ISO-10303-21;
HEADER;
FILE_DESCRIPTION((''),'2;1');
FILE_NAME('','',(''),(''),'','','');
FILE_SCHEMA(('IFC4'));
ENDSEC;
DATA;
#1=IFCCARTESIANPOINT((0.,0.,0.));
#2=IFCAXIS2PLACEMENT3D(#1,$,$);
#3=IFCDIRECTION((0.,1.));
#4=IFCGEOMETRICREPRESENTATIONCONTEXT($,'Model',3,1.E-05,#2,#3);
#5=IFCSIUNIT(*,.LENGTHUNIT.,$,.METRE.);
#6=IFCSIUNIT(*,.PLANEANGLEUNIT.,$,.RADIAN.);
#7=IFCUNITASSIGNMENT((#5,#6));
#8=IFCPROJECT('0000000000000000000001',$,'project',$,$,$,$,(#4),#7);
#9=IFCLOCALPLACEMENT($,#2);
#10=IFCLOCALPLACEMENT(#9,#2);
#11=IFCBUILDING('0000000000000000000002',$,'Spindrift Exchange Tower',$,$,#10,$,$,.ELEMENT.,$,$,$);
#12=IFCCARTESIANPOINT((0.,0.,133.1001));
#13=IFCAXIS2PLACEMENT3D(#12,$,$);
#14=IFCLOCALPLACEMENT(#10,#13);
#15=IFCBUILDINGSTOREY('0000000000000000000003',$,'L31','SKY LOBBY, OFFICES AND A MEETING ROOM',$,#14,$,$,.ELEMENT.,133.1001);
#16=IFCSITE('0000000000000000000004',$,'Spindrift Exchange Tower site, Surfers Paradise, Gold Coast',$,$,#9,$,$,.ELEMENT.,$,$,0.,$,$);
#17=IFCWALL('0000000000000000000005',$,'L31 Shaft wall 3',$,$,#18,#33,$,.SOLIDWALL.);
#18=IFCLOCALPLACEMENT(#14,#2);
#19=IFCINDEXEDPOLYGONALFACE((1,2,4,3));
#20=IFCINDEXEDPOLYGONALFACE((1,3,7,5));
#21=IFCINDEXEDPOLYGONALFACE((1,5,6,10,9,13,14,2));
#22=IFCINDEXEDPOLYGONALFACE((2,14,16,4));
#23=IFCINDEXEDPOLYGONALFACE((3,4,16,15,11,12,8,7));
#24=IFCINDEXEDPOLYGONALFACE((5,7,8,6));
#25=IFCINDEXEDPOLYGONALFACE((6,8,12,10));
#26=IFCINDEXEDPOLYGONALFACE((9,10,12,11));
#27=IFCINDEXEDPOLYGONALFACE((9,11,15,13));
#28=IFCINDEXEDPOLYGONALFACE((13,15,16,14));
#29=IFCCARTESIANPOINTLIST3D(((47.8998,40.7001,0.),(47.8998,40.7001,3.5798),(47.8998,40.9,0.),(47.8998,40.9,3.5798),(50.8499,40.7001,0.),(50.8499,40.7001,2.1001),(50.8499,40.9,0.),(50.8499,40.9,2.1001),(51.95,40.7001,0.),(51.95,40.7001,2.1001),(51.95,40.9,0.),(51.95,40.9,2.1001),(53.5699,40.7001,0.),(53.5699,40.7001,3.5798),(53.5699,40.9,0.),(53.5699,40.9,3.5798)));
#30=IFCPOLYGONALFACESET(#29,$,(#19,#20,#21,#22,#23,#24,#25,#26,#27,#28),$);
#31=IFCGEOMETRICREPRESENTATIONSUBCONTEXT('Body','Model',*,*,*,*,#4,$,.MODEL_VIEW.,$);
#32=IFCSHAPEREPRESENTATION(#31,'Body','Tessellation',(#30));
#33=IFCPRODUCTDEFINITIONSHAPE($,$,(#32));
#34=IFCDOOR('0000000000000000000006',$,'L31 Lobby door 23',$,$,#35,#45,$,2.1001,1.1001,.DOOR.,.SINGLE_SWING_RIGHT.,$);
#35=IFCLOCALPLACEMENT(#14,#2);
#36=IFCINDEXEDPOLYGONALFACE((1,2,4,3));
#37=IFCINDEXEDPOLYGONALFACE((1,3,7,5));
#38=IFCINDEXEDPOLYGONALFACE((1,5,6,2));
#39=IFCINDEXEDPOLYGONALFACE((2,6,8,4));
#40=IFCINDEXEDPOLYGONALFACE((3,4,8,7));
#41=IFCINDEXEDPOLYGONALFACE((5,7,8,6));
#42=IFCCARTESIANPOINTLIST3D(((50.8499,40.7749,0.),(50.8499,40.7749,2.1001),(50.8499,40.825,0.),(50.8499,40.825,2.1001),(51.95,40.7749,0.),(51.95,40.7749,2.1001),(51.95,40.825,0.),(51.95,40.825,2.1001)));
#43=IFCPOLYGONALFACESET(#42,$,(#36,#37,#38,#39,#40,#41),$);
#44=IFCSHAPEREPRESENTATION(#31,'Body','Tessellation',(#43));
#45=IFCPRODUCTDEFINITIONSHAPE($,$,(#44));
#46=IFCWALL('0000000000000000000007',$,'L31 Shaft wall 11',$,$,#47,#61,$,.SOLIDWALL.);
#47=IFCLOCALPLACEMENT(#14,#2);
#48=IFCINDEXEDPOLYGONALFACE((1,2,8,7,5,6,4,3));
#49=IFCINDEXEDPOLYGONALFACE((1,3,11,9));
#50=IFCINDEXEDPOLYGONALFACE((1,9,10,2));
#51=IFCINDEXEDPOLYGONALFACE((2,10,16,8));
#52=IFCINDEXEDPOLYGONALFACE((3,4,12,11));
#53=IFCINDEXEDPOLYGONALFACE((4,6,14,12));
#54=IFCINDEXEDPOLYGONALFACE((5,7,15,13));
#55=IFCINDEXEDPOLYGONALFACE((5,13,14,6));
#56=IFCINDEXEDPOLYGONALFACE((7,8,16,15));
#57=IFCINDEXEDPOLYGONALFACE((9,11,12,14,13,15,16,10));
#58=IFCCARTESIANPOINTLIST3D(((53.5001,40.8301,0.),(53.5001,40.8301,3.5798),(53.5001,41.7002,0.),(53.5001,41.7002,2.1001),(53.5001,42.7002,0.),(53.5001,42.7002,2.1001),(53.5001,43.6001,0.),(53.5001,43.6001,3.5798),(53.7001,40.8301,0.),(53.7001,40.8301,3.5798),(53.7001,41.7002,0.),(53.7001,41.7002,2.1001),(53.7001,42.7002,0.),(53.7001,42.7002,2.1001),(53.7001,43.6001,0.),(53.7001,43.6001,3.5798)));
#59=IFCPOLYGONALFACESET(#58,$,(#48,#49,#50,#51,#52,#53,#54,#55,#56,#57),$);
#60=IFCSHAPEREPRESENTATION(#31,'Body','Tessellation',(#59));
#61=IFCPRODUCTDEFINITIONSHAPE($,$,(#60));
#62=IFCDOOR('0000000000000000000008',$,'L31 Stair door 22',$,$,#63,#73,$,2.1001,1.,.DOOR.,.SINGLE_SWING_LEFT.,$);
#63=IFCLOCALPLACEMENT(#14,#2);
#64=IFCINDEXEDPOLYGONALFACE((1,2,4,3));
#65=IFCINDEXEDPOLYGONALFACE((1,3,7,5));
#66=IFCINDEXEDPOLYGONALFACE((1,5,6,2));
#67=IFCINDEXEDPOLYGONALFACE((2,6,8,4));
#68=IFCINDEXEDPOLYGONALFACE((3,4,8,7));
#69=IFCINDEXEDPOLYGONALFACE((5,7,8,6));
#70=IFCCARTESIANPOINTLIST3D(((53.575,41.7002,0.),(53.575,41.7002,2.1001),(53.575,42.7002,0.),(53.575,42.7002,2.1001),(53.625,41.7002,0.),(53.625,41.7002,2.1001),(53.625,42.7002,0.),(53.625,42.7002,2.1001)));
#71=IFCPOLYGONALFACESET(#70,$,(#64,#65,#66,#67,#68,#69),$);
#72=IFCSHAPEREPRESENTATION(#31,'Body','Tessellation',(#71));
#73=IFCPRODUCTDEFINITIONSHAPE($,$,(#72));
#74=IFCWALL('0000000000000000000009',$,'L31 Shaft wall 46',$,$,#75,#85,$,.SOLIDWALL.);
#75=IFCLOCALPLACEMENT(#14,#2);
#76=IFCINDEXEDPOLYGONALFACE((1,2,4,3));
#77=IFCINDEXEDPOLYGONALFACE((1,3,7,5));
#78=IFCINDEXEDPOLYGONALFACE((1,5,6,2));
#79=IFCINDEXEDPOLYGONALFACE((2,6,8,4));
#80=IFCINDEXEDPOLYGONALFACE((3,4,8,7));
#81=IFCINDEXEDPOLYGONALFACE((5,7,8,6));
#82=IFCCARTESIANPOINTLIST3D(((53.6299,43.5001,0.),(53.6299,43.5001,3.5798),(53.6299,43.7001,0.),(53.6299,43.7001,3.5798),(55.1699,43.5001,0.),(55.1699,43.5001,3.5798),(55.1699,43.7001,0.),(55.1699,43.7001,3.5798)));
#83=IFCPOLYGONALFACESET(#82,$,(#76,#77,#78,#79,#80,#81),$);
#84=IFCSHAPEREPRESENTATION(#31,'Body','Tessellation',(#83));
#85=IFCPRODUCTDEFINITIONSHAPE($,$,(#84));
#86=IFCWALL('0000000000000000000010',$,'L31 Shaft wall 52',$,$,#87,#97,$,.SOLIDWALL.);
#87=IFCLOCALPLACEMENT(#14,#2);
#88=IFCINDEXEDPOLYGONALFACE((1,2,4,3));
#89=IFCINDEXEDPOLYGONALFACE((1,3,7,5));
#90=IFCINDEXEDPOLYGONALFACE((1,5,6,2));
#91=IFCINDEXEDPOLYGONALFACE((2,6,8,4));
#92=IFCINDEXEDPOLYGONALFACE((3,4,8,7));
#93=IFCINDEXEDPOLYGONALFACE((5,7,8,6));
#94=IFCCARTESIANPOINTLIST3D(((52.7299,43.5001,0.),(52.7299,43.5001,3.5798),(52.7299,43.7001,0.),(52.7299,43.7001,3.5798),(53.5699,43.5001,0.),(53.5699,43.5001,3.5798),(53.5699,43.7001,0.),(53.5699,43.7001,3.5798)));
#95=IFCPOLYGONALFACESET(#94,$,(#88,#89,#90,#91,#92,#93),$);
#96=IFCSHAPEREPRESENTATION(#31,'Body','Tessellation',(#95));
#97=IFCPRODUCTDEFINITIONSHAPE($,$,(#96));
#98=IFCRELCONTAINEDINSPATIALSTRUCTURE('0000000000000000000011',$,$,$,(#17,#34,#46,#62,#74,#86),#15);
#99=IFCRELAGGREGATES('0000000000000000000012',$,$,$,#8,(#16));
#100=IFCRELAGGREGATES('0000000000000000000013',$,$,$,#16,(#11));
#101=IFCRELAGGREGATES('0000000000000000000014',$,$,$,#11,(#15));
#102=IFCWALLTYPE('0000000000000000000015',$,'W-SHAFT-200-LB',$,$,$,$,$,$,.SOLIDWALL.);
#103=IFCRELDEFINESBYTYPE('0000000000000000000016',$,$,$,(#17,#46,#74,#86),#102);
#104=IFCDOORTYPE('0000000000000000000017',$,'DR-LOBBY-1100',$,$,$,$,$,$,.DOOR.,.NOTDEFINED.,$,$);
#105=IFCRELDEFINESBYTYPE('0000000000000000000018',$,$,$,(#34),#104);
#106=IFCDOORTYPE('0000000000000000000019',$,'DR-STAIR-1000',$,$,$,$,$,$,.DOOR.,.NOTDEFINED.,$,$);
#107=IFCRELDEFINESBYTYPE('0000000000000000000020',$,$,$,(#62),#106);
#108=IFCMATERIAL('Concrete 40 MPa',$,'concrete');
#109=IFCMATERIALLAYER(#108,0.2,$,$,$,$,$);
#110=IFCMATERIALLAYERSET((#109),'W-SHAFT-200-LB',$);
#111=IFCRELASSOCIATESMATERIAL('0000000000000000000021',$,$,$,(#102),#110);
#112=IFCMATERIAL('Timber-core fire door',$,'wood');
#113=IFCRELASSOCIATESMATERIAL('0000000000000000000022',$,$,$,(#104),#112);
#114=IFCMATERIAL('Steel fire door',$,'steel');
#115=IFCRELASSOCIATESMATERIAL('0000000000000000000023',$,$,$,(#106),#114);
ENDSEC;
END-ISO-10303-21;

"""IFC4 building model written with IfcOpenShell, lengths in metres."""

from ifc_helpers import new_model, si_unit, direction, frame, frame_2d, origin, place, context, subcontext, project, spatial, rectangle, extrude, source, transform, mapped, material, layer, layer_set, type_object, element, fill, save


model = new_model("IFC4")

# Units and contexts
model_context = context("Model", 3, precision=1e-05, world=origin(), true_north=direction((0.0, 1.0)))
body_context = subcontext(model_context, "Body", "Model", "MODEL_VIEW")
ifc_project = project(units=[si_unit("LENGTHUNIT", "METRE"), si_unit("PLANEANGLEUNIT", "RADIAN")], contexts=[model_context])

# Site, building, storey
site_placement = place(None, origin())
site = spatial("IfcSite", under=ifc_project, at=site_placement, Name="Spindrift Exchange Tower site, Surfers Paradise, Gold Coast", CompositionType="ELEMENT", RefElevation=0.0)
building_placement = place(site_placement, origin())
building = spatial("IfcBuilding", under=site, at=building_placement, Name="Spindrift Exchange Tower", CompositionType="ELEMENT")
storey_placement = place(building_placement, frame((0.0, 0.0, 133.1001)))
storey = spatial("IfcBuildingStorey", under=building, at=storey_placement, Name="L31", Description="SKY LOBBY, OFFICES AND A MEETING ROOM", CompositionType="ELEMENT", Elevation=133.1001)

# Shared definitions
ifc_material_1 = material(Name="Concrete 40 MPa", Category="concrete")

# Walls, openings, doors
ifc_layer_1 = layer(ifc_material_1, 0.2)
ifc_layer_set_1 = layer_set([ifc_layer_1], Name="W-SHAFT-200-LB")
wall_type_1 = type_object("IfcWallType", Name="W-SHAFT-200-LB", PredefinedType="SOLIDWALL", material=ifc_layer_set_1)
ifc_material_2 = material(Name="Steel fire door", Category="steel")
wall_1_placement = place(storey_placement, frame((47.8999, 40.8, 0.0), z_axis=(0.0, 0.0, 1.0), x_axis=(1.0, 0.0, 0.0)))
wall_1 = element("IfcWall", 1, at=wall_1_placement, inside=storey, type_object=wall_type_1, Name="L31 Shaft wall 3", PredefinedType="SOLIDWALL", context=body_context, shape_type="SweptSolid", body=[
    extrude(rectangle(XDim=5.6702, YDim=0.2, at=frame_2d((2.835, 0.0))), origin(), (0.0, 0.0, 1.0), 3.5798),
])
opening_1_placement = place(wall_1_placement, frame((2.95, 0.0, 0.0)))
opening_1 = element("IfcOpeningElement", 2, at=opening_1_placement, cuts=wall_1, PredefinedType="OPENING", context=body_context, shape_type="SweptSolid", body=[
    extrude(rectangle(XDim=1.1001, YDim=2.1001, at=frame_2d((0.55, 1.05))), frame((0.0, 0.1099, 0.0), z_axis=(0.0, -1.0, 0.0), x_axis=(1.0, 0.0, 0.0)), (0.0, 0.0, 1.0), 0.22),
])
ifc_material_3 = material(Name="Timber-core fire door", Category="wood")
door_type_1 = type_object("IfcDoorType", Name="DR-LOBBY-1100", OperationType="NOTDEFINED", PredefinedType="DOOR", material=ifc_material_3)
shared_shape_1 = source(origin(), body_context, "Body", "SweptSolid", [
    extrude(rectangle(XDim=1.1001, YDim=2.1001, at=frame_2d((0.55, 1.05))), frame((0.0, 0.0249, 0.0), z_axis=(0.0, -1.0, 0.0), x_axis=(1.0, 0.0, 0.0)), (0.0, 0.0, 1.0), 0.05),
])
door_1_placement = place(opening_1_placement, origin())
door_1 = element("IfcDoor", 3, at=door_1_placement, inside=storey, type_object=door_type_1, Name="L31 Lobby door 23", OperationType="SINGLE_SWING_RIGHT", OverallHeight=2.1001, OverallWidth=1.1001, PredefinedType="DOOR", context=body_context, shape_type="MappedRepresentation", body=[
    mapped(shared_shape_1, transform((0.0, 0.0, 0.0), scale=1.0)),
])
fill(opening_1, door_1)
wall_2_placement = place(storey_placement, frame((53.6001, 43.6001, 0.0), z_axis=(0.0, 0.0, 1.0), x_axis=(0.0, -1.0, 0.0)))
wall_2 = element("IfcWall", 4, at=wall_2_placement, inside=storey, type_object=wall_type_1, Name="L31 Shaft wall 11", PredefinedType="SOLIDWALL", context=body_context, shape_type="SweptSolid", body=[
    extrude(rectangle(XDim=2.77, YDim=0.2, at=frame_2d((1.385, 0.0))), origin(), (0.0, 0.0, 1.0), 3.5798),
])
opening_2_placement = place(wall_2_placement, frame((0.8999, 0.0, 0.0)))
opening_2 = element("IfcOpeningElement", 5, at=opening_2_placement, cuts=wall_2, PredefinedType="OPENING", context=body_context, shape_type="SweptSolid", body=[
    extrude(rectangle(XDim=1.0, YDim=2.1001, at=frame_2d((0.5, 1.05))), frame((0.0, 0.1099, 0.0), z_axis=(0.0, -1.0, 0.0), x_axis=(1.0, 0.0, 0.0)), (0.0, 0.0, 1.0), 0.22),
])
door_type_2 = type_object("IfcDoorType", Name="DR-STAIR-1000", OperationType="NOTDEFINED", PredefinedType="DOOR", material=ifc_material_2)
shared_shape_2 = source(origin(), body_context, "Body", "SweptSolid", [
    extrude(rectangle(XDim=1.0, YDim=2.1001, at=frame_2d((0.5, 1.05))), frame((0.0, 0.0249, 0.0), z_axis=(0.0, -1.0, 0.0), x_axis=(1.0, 0.0, 0.0)), (0.0, 0.0, 1.0), 0.05),
])
door_2_placement = place(opening_2_placement, origin())
door_2 = element("IfcDoor", 6, at=door_2_placement, inside=storey, type_object=door_type_2, Name="L31 Stair door 22", OperationType="SINGLE_SWING_LEFT", OverallHeight=2.1001, OverallWidth=1.0, PredefinedType="DOOR", context=body_context, shape_type="MappedRepresentation", body=[
    mapped(shared_shape_2, transform((0.0, 0.0, 0.0), scale=1.0)),
])
fill(opening_2, door_2)

# Walls
wall_3_placement = place(storey_placement, frame((53.6299, 43.6001, 0.0), z_axis=(0.0, 0.0, 1.0), x_axis=(1.0, 0.0, 0.0)))
element("IfcWall", 7, at=wall_3_placement, inside=storey, type_object=wall_type_1, Name="L31 Shaft wall 46", PredefinedType="SOLIDWALL", context=body_context, shape_type="SweptSolid", body=[
    extrude(rectangle(XDim=1.54, YDim=0.2, at=frame_2d((0.77, 0.0))), origin(), (0.0, 0.0, 1.0), 3.5798),
])
wall_4_placement = place(storey_placement, frame((52.73, 43.6001, 0.0), z_axis=(0.0, 0.0, 1.0), x_axis=(1.0, 0.0, 0.0)))
element("IfcWall", 8, at=wall_4_placement, inside=storey, type_object=wall_type_1, Name="L31 Shaft wall 52", PredefinedType="SOLIDWALL", context=body_context, shape_type="SweptSolid", body=[
    extrude(rectangle(XDim=0.8401, YDim=0.2, at=frame_2d((0.4199, 0.0))), origin(), (0.0, 0.0, 1.0), 3.5798),
])

save(model, "model.ifc")
